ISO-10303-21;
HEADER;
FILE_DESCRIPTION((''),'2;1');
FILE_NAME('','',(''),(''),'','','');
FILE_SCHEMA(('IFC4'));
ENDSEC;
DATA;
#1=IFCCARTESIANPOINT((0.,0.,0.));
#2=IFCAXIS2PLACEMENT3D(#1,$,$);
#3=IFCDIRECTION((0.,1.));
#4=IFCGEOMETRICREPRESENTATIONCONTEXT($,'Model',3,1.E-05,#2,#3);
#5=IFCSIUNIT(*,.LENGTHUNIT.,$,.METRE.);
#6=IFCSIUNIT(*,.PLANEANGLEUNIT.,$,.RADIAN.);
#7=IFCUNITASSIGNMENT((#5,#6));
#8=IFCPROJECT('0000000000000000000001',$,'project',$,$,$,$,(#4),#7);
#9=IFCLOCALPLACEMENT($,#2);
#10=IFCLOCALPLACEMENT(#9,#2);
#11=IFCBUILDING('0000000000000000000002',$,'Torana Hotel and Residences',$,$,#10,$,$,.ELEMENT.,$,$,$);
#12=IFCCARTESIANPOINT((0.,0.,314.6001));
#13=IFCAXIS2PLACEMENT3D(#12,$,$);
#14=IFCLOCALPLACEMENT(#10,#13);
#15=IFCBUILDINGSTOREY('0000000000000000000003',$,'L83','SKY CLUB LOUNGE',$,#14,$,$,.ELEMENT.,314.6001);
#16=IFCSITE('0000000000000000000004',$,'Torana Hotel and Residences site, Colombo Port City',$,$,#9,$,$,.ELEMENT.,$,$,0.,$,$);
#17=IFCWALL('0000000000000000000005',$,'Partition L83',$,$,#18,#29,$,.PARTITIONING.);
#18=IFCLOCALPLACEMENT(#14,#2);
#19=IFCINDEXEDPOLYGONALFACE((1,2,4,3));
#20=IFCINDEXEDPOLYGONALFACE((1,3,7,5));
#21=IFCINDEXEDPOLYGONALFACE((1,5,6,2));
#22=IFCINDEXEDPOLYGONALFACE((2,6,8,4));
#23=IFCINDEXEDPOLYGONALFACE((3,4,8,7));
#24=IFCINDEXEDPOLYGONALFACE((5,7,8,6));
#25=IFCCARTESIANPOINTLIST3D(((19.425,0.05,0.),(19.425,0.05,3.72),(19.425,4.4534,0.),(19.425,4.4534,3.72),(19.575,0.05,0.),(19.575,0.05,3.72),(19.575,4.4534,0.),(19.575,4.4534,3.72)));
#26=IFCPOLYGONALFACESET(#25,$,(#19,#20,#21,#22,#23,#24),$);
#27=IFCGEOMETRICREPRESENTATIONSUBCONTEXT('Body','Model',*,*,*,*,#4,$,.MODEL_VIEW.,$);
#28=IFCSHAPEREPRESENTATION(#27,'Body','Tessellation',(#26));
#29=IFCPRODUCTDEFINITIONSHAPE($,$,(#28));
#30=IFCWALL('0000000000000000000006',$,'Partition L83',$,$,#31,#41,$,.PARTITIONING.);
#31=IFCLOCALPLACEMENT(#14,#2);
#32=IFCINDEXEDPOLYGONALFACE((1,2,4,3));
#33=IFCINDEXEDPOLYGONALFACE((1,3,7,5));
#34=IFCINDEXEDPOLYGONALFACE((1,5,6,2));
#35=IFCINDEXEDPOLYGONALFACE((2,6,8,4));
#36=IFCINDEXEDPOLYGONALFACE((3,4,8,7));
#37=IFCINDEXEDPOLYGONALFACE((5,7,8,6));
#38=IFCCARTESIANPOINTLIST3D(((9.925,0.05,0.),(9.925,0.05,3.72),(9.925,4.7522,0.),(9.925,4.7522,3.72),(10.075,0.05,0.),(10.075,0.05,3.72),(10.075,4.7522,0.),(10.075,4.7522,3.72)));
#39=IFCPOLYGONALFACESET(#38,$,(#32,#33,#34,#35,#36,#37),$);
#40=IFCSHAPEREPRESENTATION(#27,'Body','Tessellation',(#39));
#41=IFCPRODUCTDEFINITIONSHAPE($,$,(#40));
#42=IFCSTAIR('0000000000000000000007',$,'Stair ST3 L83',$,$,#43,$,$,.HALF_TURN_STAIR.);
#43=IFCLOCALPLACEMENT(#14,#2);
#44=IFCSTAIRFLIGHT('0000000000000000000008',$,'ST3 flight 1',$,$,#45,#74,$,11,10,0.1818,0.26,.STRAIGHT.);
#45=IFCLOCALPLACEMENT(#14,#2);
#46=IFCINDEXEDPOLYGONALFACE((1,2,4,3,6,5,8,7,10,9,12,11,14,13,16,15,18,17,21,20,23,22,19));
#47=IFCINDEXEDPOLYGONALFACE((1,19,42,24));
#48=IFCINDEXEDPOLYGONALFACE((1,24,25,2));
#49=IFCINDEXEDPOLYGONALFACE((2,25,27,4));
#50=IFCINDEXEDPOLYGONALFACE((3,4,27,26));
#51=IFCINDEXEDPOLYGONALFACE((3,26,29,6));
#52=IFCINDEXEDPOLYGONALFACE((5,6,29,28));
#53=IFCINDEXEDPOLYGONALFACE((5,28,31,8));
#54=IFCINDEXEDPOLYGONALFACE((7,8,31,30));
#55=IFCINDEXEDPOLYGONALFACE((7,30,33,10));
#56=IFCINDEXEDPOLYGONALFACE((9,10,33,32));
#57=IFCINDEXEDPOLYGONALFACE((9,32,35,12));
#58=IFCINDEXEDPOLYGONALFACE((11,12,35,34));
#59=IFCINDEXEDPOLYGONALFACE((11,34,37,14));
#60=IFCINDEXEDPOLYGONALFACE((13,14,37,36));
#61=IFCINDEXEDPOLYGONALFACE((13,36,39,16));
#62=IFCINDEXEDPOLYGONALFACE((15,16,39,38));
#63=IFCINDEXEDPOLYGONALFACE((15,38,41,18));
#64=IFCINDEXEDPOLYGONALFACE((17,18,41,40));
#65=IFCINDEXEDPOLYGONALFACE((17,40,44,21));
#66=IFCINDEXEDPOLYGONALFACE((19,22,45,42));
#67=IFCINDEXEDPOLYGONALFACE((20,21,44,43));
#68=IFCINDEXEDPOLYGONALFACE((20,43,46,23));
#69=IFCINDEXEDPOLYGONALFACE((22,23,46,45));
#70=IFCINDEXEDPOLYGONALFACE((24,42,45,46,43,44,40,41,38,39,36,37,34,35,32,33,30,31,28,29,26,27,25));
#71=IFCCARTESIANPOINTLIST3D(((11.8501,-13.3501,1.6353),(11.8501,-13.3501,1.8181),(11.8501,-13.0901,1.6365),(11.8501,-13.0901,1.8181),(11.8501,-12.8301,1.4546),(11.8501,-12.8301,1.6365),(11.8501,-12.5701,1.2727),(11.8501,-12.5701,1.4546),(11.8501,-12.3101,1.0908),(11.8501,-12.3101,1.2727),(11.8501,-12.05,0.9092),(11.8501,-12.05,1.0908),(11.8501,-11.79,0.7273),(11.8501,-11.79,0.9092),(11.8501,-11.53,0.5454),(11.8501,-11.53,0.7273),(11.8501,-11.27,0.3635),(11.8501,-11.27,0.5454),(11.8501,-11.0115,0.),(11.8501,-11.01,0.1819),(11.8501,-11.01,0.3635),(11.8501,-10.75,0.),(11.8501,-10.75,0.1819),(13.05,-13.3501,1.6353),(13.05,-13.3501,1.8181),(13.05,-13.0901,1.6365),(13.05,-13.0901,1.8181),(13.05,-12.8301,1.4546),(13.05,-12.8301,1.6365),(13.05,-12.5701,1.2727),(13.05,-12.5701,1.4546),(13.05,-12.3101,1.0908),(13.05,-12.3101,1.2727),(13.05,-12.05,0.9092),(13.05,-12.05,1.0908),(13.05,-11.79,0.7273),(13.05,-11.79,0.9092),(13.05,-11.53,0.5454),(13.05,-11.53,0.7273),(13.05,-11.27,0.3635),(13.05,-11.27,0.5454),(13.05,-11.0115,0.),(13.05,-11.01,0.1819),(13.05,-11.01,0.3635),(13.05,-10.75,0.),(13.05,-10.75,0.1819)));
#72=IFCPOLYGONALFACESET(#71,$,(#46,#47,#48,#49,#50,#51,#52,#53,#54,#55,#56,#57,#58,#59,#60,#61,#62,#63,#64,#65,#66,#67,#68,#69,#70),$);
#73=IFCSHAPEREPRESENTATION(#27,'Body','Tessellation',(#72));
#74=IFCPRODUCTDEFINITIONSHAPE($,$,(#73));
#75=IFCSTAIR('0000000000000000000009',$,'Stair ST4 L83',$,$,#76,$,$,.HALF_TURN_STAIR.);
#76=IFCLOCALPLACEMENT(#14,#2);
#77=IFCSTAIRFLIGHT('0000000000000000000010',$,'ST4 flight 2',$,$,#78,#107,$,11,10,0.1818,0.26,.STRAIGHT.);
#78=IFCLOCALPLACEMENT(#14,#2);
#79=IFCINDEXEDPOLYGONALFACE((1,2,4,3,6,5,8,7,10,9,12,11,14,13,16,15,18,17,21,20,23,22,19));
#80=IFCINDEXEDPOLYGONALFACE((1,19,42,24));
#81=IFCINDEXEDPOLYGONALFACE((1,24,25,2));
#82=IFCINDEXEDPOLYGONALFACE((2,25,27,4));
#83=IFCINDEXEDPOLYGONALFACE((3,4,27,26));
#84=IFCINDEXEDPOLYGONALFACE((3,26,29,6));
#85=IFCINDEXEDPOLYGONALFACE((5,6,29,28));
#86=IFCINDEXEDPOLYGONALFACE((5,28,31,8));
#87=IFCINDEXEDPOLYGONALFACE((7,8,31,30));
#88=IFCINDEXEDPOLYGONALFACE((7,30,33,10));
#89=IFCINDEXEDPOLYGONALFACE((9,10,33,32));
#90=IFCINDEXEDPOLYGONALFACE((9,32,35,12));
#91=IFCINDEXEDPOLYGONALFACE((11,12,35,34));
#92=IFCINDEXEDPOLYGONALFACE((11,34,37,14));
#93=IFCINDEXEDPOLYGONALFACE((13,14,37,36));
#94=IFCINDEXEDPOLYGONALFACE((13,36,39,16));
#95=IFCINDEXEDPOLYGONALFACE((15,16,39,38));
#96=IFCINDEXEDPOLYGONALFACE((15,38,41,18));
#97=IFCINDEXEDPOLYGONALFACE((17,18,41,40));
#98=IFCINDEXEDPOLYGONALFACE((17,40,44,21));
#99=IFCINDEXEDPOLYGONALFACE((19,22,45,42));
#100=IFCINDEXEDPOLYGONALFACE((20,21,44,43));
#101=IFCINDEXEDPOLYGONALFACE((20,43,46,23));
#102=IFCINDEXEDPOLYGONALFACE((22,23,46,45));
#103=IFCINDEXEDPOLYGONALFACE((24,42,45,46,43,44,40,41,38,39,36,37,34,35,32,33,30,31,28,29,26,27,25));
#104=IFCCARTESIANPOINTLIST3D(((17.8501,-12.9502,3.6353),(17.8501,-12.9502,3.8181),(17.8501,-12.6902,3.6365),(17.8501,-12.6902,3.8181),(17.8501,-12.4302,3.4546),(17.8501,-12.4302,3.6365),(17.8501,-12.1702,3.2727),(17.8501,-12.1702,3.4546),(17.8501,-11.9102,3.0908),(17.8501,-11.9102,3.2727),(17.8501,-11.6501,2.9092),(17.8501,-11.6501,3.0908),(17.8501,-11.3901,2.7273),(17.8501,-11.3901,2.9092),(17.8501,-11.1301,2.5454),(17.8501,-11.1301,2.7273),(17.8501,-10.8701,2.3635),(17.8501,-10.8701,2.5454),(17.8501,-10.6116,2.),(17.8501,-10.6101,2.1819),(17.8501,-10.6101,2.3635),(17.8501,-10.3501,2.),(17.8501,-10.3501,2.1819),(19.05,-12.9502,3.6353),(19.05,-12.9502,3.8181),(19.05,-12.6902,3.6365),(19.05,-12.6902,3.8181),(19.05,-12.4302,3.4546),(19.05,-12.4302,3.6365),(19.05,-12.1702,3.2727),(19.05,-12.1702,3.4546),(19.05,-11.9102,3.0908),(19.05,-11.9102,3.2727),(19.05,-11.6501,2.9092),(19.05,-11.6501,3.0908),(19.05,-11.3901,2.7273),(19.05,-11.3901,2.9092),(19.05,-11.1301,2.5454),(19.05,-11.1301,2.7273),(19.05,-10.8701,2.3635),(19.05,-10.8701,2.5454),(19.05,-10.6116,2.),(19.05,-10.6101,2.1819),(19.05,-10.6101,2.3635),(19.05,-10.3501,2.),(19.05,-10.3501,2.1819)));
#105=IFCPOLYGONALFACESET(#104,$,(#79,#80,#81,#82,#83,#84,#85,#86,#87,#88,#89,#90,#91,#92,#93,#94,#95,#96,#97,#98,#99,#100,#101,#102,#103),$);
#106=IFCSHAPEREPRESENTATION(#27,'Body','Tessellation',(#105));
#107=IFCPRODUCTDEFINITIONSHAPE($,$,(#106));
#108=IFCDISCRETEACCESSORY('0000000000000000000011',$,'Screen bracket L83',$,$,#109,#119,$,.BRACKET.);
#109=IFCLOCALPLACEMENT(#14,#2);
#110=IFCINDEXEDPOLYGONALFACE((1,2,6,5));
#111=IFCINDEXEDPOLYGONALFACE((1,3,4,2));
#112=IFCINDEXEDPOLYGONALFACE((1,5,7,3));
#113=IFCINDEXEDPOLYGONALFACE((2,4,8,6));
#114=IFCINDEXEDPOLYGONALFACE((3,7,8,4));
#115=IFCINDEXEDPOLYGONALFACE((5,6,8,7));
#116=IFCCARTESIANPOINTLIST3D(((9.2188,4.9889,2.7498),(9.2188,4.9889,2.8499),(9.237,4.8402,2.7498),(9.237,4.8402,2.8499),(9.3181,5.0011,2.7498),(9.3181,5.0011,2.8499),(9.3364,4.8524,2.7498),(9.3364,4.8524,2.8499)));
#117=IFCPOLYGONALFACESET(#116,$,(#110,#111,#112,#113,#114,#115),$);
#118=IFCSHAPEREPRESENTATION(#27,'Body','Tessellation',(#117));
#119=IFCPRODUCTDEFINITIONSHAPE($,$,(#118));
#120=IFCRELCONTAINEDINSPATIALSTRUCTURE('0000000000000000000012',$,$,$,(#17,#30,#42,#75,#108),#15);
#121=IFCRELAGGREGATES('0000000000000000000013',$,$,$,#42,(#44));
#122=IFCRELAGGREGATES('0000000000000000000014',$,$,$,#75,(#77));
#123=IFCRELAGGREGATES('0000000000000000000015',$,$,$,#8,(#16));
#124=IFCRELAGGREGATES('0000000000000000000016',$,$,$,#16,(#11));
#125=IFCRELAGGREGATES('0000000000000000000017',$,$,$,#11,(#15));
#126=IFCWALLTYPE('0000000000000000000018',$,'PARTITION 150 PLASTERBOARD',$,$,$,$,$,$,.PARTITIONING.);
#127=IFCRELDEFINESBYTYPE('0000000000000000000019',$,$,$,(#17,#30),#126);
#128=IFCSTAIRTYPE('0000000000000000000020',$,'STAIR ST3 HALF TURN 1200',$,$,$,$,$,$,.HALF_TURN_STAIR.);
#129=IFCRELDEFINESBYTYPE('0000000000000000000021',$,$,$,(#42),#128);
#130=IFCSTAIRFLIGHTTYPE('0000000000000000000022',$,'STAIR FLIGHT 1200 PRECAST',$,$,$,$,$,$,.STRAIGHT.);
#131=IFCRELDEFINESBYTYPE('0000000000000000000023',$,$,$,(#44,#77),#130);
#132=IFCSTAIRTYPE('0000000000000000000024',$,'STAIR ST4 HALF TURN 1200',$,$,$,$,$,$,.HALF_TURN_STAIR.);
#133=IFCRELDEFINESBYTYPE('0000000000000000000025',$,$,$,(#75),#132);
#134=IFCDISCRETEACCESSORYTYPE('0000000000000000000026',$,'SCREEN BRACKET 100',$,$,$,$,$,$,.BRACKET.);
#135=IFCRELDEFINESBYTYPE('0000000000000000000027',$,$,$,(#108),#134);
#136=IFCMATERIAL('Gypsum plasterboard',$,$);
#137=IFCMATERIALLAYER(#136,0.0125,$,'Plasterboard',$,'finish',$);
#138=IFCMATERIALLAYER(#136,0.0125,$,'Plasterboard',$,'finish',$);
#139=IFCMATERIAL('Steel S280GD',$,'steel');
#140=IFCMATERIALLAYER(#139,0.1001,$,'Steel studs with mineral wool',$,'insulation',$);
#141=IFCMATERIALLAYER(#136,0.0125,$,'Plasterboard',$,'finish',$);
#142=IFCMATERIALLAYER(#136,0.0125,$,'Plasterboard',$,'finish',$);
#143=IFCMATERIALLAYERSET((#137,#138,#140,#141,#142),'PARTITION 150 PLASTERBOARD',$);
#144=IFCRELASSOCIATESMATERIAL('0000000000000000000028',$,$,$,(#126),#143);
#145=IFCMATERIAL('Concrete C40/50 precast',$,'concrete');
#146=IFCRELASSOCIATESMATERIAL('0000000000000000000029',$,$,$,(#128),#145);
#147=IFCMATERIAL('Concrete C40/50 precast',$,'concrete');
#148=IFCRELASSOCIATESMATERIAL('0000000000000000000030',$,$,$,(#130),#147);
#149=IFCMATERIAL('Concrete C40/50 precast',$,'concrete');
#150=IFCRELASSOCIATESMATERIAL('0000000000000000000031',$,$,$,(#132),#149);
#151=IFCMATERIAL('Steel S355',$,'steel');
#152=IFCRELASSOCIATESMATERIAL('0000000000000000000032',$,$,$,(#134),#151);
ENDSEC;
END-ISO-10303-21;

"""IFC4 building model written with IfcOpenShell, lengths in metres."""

from ifc_helpers import new_model, si_unit, direction, frame, frame_2d, origin, origin_2d, place, context, subcontext, project, spatial, polyline, rectangle, outline, extrude, material, layer, layer_set, type_object, element, aggregate, save


model = new_model("IFC4")

# Units and contexts
model_context = context("Model", 3, precision=1e-05, world=origin(), true_north=direction((0.0, 1.0)))
body_context = subcontext(model_context, "Body", "Model", "MODEL_VIEW")
ifc_project = project(units=[si_unit("LENGTHUNIT", "METRE"), si_unit("PLANEANGLEUNIT", "RADIAN")], contexts=[model_context])

# Site, building, storey
site_placement = place(None, origin())
site = spatial("IfcSite", under=ifc_project, at=site_placement, Name="Torana Hotel and Residences site, Colombo Port City", CompositionType="ELEMENT", RefElevation=0.0)
building_placement = place(site_placement, origin())
building = spatial("IfcBuilding", under=site, at=building_placement, Name="Torana Hotel and Residences", CompositionType="ELEMENT")
storey_placement = place(building_placement, frame((0.0, 0.0, 314.6001)))
storey = spatial("IfcBuildingStorey", under=building, at=storey_placement, Name="L83", Description="SKY CLUB LOUNGE", CompositionType="ELEMENT", Elevation=314.6001)

# Walls
ifc_material_1 = material(Name="Steel S280GD", Category="steel")
ifc_material_2 = material(Name="Gypsum plasterboard")
ifc_layer_1 = layer(ifc_material_2, 0.0125, Name="Plasterboard", Category="finish")
ifc_layer_2 = layer(ifc_material_2, 0.0125, Name="Plasterboard", Category="finish")
ifc_layer_3 = layer(ifc_material_1, 0.1001, Name="Steel studs with mineral wool", Category="insulation")
ifc_layer_4 = layer(ifc_material_2, 0.0125, Name="Plasterboard", Category="finish")
ifc_layer_5 = layer(ifc_material_2, 0.0125, Name="Plasterboard", Category="finish")
ifc_layer_set_1 = layer_set([ifc_layer_1, ifc_layer_2, ifc_layer_3, ifc_layer_4, ifc_layer_5], Name="PARTITION 150 PLASTERBOARD")
wall_type_1 = type_object("IfcWallType", Name="PARTITION 150 PLASTERBOARD", PredefinedType="PARTITIONING", material=ifc_layer_set_1)
wall_1_placement = place(storey_placement, frame((19.5, 0.05, 0.0), z_axis=(0.0, 0.0, 1.0), x_axis=(0.0, 1.0, 0.0)))
element("IfcWall", 1, at=wall_1_placement, inside=storey, type_object=wall_type_1, Name="Partition L83", PredefinedType="PARTITIONING", context=body_context, shape_type="SweptSolid", body=[
    extrude(rectangle(XDim=4.4033, YDim=0.1499, at=frame_2d((2.2017, 0.0))), origin(), (0.0, 0.0, 1.0), 3.72),
])
wall_2_placement = place(storey_placement, frame((10.0, 0.05, 0.0), z_axis=(0.0, 0.0, 1.0), x_axis=(0.0, 1.0, 0.0)))
element("IfcWall", 2, at=wall_2_placement, inside=storey, type_object=wall_type_1, Name="Partition L83", PredefinedType="PARTITIONING", context=body_context, shape_type="SweptSolid", body=[
    extrude(rectangle(XDim=4.7021, YDim=0.1499, at=frame_2d((2.3511, 0.0))), origin(), (0.0, 0.0, 1.0), 3.72),
])

# Stairs, stair flights
ifc_material_3 = material(Name="Concrete C40/50 precast", Category="concrete")
stair_type_1 = type_object("IfcStairType", Name="STAIR ST3 HALF TURN 1200", PredefinedType="HALF_TURN_STAIR", material=ifc_material_3)
stair_1_placement = place(storey_placement, origin())
stair_1 = element("IfcStair", 3, at=stair_1_placement, inside=storey, type_object=stair_type_1, Name="Stair ST3 L83", PredefinedType="HALF_TURN_STAIR")
ifc_material_4 = material(Name="Concrete C40/50 precast", Category="concrete")
stair_flight_type = type_object("IfcStairFlightType", Name="STAIR FLIGHT 1200 PRECAST", PredefinedType="STRAIGHT", material=ifc_material_4)
stair_flight_1_placement = place(storey_placement, frame((12.45, -10.75, 0.0), z_axis=(0.0, 0.0, 1.0), x_axis=(0.0, -1.0, 0.0)))
stair_flight_1 = element("IfcStairFlight", 4, at=stair_flight_1_placement, type_object=stair_flight_type, Name="ST3 flight 1", NumberOfRisers=11, NumberOfTreads=10, PredefinedType="STRAIGHT", RiserHeight=0.1818, TreadLength=0.26, context=body_context, shape_type="SweptSolid", body=[
    extrude(outline(polyline([(0.0, 0.0), (0.0, 0.1819), (0.26, 0.1819), (0.26, 0.3635), (0.52, 0.3635), (0.52, 0.5454), (0.78, 0.5454), (0.78, 0.7273), (1.04, 0.7273), (1.04, 0.9092), (1.3, 0.9092), (1.3, 1.0908), (1.5601, 1.0908), (1.5601, 1.2727), (1.8201, 1.2727), (1.8201, 1.4546), (2.0801, 1.4546), (2.0801, 1.6365), (2.3401, 1.6365), (2.3401, 1.8181), (2.6001, 1.8181), (2.6001, 2.0), (2.6001, 1.6353), (0.2615, 0.0), (0.0, 0.0)])), frame((0.0, 0.6001, 0.0), z_axis=(0.0, -1.0, 0.0), x_axis=(1.0, 0.0, 0.0)), (0.0, 0.0, 1.0), 1.2),
])
aggregate(stair_1, [stair_flight_1])
ifc_material_5 = material(Name="Concrete C40/50 precast", Category="concrete")
stair_type_2 = type_object("IfcStairType", Name="STAIR ST4 HALF TURN 1200", PredefinedType="HALF_TURN_STAIR", material=ifc_material_5)
stair_2_placement = place(storey_placement, origin())
stair_2 = element("IfcStair", 5, at=stair_2_placement, inside=storey, type_object=stair_type_2, Name="Stair ST4 L83", PredefinedType="HALF_TURN_STAIR")
stair_flight_2_placement = place(storey_placement, frame((18.45, -10.3501, 2.0), z_axis=(0.0, 0.0, 1.0), x_axis=(0.0, -1.0, 0.0)))
stair_flight_2 = element("IfcStairFlight", 6, at=stair_flight_2_placement, type_object=stair_flight_type, Name="ST4 flight 2", NumberOfRisers=11, NumberOfTreads=10, PredefinedType="STRAIGHT", RiserHeight=0.1818, TreadLength=0.26, context=body_context, shape_type="SweptSolid", body=[
    extrude(outline(polyline([(0.0, 0.0), (0.0, 0.1819), (0.26, 0.1819), (0.26, 0.3635), (0.52, 0.3635), (0.52, 0.5454), (0.78, 0.5454), (0.78, 0.7273), (1.04, 0.7273), (1.04, 0.9092), (1.3, 0.9092), (1.3, 1.0908), (1.5601, 1.0908), (1.5601, 1.2727), (1.8201, 1.2727), (1.8201, 1.4546), (2.0801, 1.4546), (2.0801, 1.6365), (2.3401, 1.6365), (2.3401, 1.8181), (2.6001, 1.8181), (2.6001, 2.0), (2.6001, 1.6353), (0.2615, 0.0), (0.0, 0.0)])), frame((0.0, 0.6001, 0.0), z_axis=(0.0, -1.0, 0.0), x_axis=(1.0, 0.0, 0.0)), (0.0, 0.0, 1.0), 1.2),
])
aggregate(stair_2, [stair_flight_2])

# Discrete accessory
ifc_material_6 = material(Name="Steel S355", Category="steel")
discrete_accessory_type = type_object("IfcDiscreteAccessoryType", Name="SCREEN BRACKET 100", PredefinedType="BRACKET", material=ifc_material_6)
discrete_accessory_placement = place(storey_placement, frame((9.2776, 4.9207, 2.7498), z_axis=(0.0, 0.0, 1.0), x_axis=(-0.992547, -0.121866, 0.0)))
element("IfcDiscreteAccessory", 7, at=discrete_accessory_placement, inside=storey, type_object=discrete_accessory_type, Name="Screen bracket L83", PredefinedType="BRACKET", context=body_context, shape_type="SweptSolid", body=[
    extrude(rectangle(XDim=0.1001, YDim=0.1499, at=origin_2d()), origin(), (0.0, 0.0, 1.0), 0.1001),
])

save(model, "model.ifc")
